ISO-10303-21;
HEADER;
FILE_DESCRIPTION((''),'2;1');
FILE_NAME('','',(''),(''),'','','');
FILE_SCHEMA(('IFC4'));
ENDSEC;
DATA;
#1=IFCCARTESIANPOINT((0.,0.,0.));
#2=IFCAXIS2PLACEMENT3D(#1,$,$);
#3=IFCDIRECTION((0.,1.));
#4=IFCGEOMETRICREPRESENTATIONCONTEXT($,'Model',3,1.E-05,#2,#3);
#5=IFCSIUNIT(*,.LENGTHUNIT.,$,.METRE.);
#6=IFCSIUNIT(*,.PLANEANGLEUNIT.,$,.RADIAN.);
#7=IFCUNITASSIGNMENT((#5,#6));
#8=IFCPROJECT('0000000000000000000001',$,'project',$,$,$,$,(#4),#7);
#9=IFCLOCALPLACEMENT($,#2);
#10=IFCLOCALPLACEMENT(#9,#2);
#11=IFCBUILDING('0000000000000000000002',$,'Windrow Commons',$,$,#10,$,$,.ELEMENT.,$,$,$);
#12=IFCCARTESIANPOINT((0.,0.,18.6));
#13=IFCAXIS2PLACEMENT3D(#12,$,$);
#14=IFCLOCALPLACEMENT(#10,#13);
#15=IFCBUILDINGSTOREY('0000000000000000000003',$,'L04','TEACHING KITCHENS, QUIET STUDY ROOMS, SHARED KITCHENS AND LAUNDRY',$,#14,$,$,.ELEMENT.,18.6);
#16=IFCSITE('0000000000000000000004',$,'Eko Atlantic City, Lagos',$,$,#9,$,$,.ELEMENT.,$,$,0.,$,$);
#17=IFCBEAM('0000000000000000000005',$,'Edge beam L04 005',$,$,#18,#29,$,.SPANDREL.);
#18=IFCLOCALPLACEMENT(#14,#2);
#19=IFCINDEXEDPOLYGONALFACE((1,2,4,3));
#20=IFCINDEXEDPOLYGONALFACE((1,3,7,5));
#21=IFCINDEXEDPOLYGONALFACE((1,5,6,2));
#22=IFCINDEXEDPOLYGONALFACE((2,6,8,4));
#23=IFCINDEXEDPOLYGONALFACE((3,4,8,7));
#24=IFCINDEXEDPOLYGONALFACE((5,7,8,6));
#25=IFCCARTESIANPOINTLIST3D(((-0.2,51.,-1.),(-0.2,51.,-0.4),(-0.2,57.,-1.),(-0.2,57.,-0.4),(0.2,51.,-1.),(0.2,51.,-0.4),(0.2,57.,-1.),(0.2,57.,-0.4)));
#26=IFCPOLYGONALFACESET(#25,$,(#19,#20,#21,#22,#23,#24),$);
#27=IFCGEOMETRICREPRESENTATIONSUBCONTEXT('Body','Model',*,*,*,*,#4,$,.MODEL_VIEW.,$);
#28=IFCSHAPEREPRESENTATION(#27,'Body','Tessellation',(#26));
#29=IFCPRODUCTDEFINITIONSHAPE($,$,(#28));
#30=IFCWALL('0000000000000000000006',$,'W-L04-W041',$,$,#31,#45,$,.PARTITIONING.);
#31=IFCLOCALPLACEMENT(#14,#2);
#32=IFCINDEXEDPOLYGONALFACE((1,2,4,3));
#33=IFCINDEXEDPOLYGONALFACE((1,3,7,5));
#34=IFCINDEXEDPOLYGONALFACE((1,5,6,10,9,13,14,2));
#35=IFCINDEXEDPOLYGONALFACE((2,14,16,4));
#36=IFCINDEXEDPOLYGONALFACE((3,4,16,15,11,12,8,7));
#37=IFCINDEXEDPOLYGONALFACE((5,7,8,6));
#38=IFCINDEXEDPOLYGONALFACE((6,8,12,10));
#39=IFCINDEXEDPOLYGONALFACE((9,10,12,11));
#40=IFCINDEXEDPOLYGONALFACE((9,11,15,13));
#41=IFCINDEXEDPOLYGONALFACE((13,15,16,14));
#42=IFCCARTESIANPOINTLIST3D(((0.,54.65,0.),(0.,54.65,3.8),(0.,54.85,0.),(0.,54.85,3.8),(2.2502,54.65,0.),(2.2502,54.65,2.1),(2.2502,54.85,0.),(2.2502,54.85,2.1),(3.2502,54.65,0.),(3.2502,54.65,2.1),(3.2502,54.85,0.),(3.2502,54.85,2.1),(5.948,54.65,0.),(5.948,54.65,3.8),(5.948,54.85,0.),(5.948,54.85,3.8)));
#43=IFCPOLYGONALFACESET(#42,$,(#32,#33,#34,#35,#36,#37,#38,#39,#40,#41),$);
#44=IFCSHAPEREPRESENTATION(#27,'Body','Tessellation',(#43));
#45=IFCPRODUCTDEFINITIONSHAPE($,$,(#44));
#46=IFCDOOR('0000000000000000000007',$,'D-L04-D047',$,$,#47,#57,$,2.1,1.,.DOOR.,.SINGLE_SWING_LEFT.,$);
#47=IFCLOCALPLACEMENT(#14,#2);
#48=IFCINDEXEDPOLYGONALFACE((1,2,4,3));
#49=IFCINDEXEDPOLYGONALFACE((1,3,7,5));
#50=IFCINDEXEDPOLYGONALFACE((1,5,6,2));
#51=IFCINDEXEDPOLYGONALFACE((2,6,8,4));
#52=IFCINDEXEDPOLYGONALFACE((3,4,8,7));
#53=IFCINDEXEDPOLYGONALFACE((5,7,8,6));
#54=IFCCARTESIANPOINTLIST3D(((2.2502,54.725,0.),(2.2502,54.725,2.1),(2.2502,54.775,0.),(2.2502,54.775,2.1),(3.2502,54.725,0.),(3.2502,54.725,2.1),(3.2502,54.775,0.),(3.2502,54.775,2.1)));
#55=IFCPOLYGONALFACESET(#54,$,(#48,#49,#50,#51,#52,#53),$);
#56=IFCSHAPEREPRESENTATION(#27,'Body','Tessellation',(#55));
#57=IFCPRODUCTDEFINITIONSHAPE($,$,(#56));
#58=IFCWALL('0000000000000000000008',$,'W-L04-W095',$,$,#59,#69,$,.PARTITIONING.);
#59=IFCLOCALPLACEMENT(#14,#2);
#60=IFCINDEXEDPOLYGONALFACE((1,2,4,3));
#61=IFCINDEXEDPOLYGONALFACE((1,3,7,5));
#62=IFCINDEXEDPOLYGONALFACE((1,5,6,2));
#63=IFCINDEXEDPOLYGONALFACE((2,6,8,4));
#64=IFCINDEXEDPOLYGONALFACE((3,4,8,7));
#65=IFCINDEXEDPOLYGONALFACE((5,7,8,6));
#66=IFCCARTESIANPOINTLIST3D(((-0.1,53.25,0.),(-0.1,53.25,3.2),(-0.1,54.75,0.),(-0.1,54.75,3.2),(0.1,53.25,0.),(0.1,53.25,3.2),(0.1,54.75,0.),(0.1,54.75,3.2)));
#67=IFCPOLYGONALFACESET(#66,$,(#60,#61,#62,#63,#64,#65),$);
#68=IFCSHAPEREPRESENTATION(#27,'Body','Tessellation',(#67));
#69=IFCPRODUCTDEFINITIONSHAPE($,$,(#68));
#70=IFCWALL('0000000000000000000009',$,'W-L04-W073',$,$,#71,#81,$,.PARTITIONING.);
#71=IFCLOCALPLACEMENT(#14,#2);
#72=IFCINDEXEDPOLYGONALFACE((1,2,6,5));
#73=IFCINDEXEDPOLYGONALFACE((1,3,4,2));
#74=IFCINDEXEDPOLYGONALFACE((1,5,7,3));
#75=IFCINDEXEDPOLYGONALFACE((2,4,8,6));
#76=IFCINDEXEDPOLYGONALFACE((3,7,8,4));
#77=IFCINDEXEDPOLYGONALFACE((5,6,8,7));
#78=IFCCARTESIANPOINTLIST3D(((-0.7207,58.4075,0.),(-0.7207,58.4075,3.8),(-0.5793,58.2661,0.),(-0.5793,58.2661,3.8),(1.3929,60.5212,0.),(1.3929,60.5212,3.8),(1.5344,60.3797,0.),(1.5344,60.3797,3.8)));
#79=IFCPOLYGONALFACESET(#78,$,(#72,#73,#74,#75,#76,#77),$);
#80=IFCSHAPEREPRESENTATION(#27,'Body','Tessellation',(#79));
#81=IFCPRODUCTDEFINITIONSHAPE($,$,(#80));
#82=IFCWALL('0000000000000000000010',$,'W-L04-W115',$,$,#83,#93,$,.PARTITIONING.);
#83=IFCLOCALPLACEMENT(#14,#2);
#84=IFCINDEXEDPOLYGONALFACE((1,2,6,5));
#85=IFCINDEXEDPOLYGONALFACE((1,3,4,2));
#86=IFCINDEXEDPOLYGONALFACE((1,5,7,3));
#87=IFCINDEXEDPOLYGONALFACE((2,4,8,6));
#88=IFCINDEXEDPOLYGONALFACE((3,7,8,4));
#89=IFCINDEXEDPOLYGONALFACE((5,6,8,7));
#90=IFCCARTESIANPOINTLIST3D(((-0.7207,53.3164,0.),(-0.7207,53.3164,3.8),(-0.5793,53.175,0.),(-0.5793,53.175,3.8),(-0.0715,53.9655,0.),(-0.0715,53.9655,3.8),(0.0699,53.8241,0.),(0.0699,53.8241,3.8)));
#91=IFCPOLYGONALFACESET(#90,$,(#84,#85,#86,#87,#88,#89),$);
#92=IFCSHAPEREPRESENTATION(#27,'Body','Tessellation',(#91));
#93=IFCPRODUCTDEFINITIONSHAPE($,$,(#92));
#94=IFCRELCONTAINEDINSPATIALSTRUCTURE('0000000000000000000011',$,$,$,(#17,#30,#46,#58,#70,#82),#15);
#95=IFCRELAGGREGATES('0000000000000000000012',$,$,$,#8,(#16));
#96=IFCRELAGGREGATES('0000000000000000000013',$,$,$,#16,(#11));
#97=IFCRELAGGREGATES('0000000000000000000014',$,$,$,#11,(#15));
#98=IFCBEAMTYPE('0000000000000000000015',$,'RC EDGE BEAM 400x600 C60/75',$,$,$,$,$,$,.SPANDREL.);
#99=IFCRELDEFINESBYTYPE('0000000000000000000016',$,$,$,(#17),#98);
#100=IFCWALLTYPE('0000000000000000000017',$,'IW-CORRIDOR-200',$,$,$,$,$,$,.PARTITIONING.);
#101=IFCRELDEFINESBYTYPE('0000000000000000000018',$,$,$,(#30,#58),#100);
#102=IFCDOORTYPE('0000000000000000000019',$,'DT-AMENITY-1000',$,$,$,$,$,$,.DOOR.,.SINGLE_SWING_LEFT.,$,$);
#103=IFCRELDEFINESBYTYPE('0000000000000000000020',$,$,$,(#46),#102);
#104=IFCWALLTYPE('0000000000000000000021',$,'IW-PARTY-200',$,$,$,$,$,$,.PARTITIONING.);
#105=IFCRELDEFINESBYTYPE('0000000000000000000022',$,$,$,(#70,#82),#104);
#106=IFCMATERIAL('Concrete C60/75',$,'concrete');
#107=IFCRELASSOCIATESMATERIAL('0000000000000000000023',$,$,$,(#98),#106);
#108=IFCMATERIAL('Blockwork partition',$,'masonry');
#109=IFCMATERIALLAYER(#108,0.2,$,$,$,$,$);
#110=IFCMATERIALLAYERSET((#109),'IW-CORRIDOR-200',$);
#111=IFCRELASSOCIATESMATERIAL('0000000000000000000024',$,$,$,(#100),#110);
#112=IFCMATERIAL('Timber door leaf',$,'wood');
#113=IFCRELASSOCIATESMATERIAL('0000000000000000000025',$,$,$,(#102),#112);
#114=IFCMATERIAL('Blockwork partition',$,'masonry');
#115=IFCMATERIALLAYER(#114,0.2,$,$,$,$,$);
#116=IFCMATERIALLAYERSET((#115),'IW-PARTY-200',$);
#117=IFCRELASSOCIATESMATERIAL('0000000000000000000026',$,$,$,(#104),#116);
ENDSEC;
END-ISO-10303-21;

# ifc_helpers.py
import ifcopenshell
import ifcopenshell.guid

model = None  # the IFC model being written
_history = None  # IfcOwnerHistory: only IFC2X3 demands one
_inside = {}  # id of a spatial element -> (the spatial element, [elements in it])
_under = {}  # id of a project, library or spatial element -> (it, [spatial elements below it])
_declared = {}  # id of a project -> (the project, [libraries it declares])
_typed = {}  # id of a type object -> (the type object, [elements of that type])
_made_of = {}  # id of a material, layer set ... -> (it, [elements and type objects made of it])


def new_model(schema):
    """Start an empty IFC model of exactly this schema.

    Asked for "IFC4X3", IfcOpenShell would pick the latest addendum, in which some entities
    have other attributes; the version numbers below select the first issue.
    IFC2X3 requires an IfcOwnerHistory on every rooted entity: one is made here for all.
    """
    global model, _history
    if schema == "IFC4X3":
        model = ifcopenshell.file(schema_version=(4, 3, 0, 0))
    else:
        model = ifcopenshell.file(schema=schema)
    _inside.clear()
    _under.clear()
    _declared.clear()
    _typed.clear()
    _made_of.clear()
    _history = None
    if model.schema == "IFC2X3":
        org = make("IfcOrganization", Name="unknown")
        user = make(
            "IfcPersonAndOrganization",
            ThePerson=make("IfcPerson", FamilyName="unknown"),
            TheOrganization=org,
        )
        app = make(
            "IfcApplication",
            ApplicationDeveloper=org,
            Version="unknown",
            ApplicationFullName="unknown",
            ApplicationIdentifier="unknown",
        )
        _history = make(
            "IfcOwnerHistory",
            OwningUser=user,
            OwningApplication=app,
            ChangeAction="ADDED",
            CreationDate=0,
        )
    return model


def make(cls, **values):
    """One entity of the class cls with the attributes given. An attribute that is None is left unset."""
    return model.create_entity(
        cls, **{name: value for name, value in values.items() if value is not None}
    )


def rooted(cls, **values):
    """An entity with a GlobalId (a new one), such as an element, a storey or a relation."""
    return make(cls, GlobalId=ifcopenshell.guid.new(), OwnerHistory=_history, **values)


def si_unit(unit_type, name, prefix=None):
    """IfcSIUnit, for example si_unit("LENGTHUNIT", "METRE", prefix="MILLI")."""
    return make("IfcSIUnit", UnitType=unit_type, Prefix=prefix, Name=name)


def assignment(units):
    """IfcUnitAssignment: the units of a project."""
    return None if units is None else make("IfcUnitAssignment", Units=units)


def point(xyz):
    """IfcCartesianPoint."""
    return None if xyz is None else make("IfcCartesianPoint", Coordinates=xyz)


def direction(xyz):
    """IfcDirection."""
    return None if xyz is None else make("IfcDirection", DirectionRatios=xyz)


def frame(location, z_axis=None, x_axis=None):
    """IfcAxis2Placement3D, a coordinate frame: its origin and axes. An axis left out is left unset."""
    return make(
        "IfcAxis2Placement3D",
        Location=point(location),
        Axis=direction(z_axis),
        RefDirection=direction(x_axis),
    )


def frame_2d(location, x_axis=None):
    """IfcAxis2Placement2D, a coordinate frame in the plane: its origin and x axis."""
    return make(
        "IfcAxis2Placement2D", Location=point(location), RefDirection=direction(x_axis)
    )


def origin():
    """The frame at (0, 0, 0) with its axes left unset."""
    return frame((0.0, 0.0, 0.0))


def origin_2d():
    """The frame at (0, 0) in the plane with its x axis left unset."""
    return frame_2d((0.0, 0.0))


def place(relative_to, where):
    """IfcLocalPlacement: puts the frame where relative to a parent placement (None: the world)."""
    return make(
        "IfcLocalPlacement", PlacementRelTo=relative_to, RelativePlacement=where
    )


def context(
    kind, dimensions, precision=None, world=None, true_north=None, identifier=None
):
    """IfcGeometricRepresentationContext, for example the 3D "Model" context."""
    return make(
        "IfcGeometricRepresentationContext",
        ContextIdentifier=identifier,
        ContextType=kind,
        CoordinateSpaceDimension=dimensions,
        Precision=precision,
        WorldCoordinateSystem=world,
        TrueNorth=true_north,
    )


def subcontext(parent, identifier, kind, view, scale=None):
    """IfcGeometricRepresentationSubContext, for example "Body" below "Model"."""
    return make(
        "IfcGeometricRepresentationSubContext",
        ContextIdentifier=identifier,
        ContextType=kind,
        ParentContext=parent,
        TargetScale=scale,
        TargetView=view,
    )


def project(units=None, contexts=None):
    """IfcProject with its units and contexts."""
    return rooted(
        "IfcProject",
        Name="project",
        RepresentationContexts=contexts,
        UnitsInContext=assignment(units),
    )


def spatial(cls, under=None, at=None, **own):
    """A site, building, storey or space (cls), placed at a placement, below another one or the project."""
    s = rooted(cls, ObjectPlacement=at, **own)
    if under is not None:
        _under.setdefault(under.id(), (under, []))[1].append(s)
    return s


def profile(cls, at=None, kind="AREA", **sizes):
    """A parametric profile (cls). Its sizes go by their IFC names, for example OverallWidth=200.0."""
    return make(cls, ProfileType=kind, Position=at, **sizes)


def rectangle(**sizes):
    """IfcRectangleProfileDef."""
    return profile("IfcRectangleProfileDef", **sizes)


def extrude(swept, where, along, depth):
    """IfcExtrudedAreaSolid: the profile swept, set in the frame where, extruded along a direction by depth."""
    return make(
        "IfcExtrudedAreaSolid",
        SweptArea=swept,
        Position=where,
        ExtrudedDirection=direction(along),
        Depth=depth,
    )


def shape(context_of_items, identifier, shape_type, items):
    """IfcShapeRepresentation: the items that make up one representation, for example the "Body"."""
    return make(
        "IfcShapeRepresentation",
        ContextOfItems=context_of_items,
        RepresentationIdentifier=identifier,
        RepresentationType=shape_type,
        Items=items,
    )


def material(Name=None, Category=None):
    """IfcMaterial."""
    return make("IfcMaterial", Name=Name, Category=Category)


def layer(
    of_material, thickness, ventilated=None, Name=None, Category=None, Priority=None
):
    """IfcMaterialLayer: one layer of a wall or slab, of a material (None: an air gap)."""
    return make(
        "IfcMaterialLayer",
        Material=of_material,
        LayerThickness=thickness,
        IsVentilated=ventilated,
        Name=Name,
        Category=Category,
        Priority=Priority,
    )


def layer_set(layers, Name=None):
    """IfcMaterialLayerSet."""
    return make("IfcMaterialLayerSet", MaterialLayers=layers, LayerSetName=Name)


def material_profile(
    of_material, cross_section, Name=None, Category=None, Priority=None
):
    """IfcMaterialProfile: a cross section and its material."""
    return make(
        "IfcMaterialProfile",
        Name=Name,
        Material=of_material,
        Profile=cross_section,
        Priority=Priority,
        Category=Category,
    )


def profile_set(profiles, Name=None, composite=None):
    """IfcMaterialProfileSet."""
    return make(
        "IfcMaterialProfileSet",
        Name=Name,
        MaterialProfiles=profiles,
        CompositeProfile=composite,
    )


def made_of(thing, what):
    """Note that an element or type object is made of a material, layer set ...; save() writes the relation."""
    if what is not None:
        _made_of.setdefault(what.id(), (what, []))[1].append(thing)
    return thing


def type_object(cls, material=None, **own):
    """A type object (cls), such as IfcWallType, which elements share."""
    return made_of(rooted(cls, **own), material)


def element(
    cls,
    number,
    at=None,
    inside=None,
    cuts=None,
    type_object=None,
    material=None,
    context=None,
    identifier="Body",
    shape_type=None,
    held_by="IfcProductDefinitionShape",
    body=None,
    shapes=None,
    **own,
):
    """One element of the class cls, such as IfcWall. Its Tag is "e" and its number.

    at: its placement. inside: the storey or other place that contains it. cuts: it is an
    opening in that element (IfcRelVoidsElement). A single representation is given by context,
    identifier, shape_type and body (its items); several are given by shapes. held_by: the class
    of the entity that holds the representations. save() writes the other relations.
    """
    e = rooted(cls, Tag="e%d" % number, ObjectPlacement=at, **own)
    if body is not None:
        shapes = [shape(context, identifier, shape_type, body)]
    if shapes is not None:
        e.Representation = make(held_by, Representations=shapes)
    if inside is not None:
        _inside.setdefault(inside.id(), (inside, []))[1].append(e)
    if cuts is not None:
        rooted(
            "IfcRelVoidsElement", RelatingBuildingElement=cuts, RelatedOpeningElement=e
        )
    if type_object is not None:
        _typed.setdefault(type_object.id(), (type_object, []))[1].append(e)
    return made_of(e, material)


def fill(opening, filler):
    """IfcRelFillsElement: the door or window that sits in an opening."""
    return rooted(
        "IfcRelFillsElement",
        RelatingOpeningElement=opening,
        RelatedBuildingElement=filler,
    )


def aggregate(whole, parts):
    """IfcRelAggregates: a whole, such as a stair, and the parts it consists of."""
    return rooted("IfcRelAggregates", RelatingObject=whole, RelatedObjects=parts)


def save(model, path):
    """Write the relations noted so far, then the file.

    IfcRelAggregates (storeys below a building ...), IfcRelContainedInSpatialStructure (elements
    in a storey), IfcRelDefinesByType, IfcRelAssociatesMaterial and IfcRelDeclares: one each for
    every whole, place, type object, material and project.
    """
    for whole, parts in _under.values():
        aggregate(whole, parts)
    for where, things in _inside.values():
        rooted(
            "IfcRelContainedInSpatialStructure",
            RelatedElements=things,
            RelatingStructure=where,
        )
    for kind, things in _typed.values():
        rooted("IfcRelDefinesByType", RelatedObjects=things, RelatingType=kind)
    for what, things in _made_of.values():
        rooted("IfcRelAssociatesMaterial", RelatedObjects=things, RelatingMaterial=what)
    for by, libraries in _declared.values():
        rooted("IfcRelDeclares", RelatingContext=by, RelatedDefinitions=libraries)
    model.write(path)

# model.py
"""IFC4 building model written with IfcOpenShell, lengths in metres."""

from ifc_helpers import new_model, si_unit, direction, frame, frame_2d, origin, origin_2d, place, context, subcontext, project, spatial, rectangle, extrude, material, layer, layer_set, material_profile, profile_set, type_object, element, fill, save


model = new_model("IFC4")

# Units and contexts
model_context = context("Model", 3, precision=1e-05, world=origin(), true_north=direction((0.0, 1.0)))
body_context = subcontext(model_context, "Body", "Model", "MODEL_VIEW")
ifc_project = project(units=[si_unit("LENGTHUNIT", "METRE"), si_unit("PLANEANGLEUNIT", "RADIAN")], contexts=[model_context])

# Site, building, storey
site_placement = place(None, origin())
site = spatial("IfcSite", under=ifc_project, at=site_placement, Name="Eko Atlantic City, Lagos", CompositionType="ELEMENT", RefElevation=0.0)
building_placement = place(site_placement, origin())
building = spatial("IfcBuilding", under=site, at=building_placement, Name="Windrow Commons", CompositionType="ELEMENT")
storey_placement = place(building_placement, frame((0.0, 0.0, 18.6)))
storey = spatial("IfcBuildingStorey", under=building, at=storey_placement, Name="L04", Description="TEACHING KITCHENS, QUIET STUDY ROOMS, SHARED KITCHENS AND LAUNDRY", CompositionType="ELEMENT", Elevation=18.6)

# Beam
ifc_material_1 = material(Name="Concrete C60/75", Category="concrete")
ifc_material_profile = material_profile(ifc_material_1, rectangle(XDim=0.4, YDim=0.6, at=origin_2d()))
ifc_profile_set = profile_set([ifc_material_profile], Name="Concrete C60/75")
beam_type = type_object("IfcBeamType", Name="RC EDGE BEAM 400x600 C60/75", PredefinedType="SPANDREL", material=ifc_profile_set)
beam_placement = place(storey_placement, frame((0.0, 51.0, -0.7), z_axis=(0.0, 1.0, 0.0), x_axis=(-1.0, 0.0, 0.0)))
element("IfcBeam", 1, at=beam_placement, inside=storey, type_object=beam_type, Name="Edge beam L04 005", PredefinedType="SPANDREL", context=body_context, shape_type="SweptSolid", body=[
    extrude(rectangle(XDim=0.4, YDim=0.6, at=origin_2d()), origin(), (0.0, 0.0, 1.0), 6.0),
])

# Shared definitions
ifc_material_2 = material(Name="Blockwork partition", Category="masonry")
ifc_layer_1 = layer(ifc_material_2, 0.2)
ifc_layer_set_1 = layer_set([ifc_layer_1], Name="IW-CORRIDOR-200")
wall_type_1 = type_object("IfcWallType", Name="IW-CORRIDOR-200", PredefinedType="PARTITIONING", material=ifc_layer_set_1)
ifc_material_3 = material(Name="Timber door leaf", Category="wood")
door_type_1 = type_object("IfcDoorType", Name="DT-AMENITY-1000", OperationType="SINGLE_SWING_LEFT", PredefinedType="DOOR", material=ifc_material_3)

# Wall, opening, door
wall_1_placement = place(storey_placement, frame((0.0, 54.75, 0.0), z_axis=(0.0, 0.0, 1.0), x_axis=(1.0, 0.0, 0.0)))
wall_1 = element("IfcWall", 2, at=wall_1_placement, inside=storey, type_object=wall_type_1, Name="W-L04-W041", PredefinedType="PARTITIONING", context=body_context, shape_type="SweptSolid", body=[
    extrude(rectangle(XDim=5.948, YDim=0.2, at=frame_2d((2.974, 0.0))), origin(), (0.0, 0.0, 1.0), 3.8),
])
opening_1_placement = place(wall_1_placement, frame((2.2502, 0.0, 0.0)))
opening_1 = element("IfcOpeningElement", 3, at=opening_1_placement, cuts=wall_1, PredefinedType="OPENING", context=body_context, shape_type="SweptSolid", body=[
    extrude(rectangle(XDim=1.0, YDim=2.1, at=frame_2d((0.5, 1.05))), frame((0.0, 0.11, 0.0), z_axis=(0.0, -1.0, 0.0), x_axis=(1.0, 0.0, 0.0)), (0.0, 0.0, 1.0), 0.22),
])
door_1_placement = place(opening_1_placement, origin())
door_1 = element("IfcDoor", 4, at=door_1_placement, inside=storey, type_object=door_type_1, Name="D-L04-D047", OperationType="SINGLE_SWING_LEFT", OverallHeight=2.1, OverallWidth=1.0, PredefinedType="DOOR", context=body_context, shape_type="SweptSolid", body=[
    extrude(rectangle(XDim=1.0, YDim=2.1, at=frame_2d((0.5, 1.05))), frame((0.0, 0.025, 0.0), z_axis=(0.0, -1.0, 0.0), x_axis=(1.0, 0.0, 0.0)), (0.0, 0.0, 1.0), 0.05),
])
fill(opening_1, door_1)

# Walls
wall_2_placement = place(storey_placement, frame((0.0, 53.25, 0.0), z_axis=(0.0, 0.0, 1.0), x_axis=(0.0, 1.0, 0.0)))
element("IfcWall", 5, at=wall_2_placement, inside=storey, type_object=wall_type_1, Name="W-L04-W095", PredefinedType="PARTITIONING", context=body_context, shape_type="SweptSolid", body=[
    extrude(rectangle(XDim=1.5, YDim=0.2, at=frame_2d((0.75, 0.0))), origin(), (0.0, 0.0, 1.0), 3.2),
])
ifc_material_4 = material(Name="Blockwork partition", Category="masonry")
ifc_layer_2 = layer(ifc_material_4, 0.2)
ifc_layer_set_2 = layer_set([ifc_layer_2], Name="IW-PARTY-200")
wall_type_2 = type_object("IfcWallType", Name="IW-PARTY-200", PredefinedType="PARTITIONING", material=ifc_layer_set_2)
wall_3_placement = place(storey_placement, frame((-0.65, 58.3368, 0.0), z_axis=(0.0, 0.0, 1.0), x_axis=(0.707107, 0.707107, 0.0)))
element("IfcWall", 6, at=wall_3_placement, inside=storey, type_object=wall_type_2, Name="W-L04-W073", PredefinedType="PARTITIONING", context=body_context, shape_type="SweptSolid", body=[
    extrude(rectangle(XDim=2.9891, YDim=0.2, at=frame_2d((1.4946, 0.0))), origin(), (0.0, 0.0, 1.0), 3.8),
])
wall_4_placement = place(storey_placement, frame((-0.65, 53.2457, 0.0), z_axis=(0.0, 0.0, 1.0), x_axis=(0.707161, 0.707052, 0.0)))
element("IfcWall", 7, at=wall_4_placement, inside=storey, type_object=wall_type_2, Name="W-L04-W115", PredefinedType="PARTITIONING", context=body_context, shape_type="SweptSolid", body=[
    extrude(rectangle(XDim=0.918, YDim=0.2, at=frame_2d((0.459, 0.0))), origin(), (0.0, 0.0, 1.0), 3.8),
])

save(model, "model.ifc")
